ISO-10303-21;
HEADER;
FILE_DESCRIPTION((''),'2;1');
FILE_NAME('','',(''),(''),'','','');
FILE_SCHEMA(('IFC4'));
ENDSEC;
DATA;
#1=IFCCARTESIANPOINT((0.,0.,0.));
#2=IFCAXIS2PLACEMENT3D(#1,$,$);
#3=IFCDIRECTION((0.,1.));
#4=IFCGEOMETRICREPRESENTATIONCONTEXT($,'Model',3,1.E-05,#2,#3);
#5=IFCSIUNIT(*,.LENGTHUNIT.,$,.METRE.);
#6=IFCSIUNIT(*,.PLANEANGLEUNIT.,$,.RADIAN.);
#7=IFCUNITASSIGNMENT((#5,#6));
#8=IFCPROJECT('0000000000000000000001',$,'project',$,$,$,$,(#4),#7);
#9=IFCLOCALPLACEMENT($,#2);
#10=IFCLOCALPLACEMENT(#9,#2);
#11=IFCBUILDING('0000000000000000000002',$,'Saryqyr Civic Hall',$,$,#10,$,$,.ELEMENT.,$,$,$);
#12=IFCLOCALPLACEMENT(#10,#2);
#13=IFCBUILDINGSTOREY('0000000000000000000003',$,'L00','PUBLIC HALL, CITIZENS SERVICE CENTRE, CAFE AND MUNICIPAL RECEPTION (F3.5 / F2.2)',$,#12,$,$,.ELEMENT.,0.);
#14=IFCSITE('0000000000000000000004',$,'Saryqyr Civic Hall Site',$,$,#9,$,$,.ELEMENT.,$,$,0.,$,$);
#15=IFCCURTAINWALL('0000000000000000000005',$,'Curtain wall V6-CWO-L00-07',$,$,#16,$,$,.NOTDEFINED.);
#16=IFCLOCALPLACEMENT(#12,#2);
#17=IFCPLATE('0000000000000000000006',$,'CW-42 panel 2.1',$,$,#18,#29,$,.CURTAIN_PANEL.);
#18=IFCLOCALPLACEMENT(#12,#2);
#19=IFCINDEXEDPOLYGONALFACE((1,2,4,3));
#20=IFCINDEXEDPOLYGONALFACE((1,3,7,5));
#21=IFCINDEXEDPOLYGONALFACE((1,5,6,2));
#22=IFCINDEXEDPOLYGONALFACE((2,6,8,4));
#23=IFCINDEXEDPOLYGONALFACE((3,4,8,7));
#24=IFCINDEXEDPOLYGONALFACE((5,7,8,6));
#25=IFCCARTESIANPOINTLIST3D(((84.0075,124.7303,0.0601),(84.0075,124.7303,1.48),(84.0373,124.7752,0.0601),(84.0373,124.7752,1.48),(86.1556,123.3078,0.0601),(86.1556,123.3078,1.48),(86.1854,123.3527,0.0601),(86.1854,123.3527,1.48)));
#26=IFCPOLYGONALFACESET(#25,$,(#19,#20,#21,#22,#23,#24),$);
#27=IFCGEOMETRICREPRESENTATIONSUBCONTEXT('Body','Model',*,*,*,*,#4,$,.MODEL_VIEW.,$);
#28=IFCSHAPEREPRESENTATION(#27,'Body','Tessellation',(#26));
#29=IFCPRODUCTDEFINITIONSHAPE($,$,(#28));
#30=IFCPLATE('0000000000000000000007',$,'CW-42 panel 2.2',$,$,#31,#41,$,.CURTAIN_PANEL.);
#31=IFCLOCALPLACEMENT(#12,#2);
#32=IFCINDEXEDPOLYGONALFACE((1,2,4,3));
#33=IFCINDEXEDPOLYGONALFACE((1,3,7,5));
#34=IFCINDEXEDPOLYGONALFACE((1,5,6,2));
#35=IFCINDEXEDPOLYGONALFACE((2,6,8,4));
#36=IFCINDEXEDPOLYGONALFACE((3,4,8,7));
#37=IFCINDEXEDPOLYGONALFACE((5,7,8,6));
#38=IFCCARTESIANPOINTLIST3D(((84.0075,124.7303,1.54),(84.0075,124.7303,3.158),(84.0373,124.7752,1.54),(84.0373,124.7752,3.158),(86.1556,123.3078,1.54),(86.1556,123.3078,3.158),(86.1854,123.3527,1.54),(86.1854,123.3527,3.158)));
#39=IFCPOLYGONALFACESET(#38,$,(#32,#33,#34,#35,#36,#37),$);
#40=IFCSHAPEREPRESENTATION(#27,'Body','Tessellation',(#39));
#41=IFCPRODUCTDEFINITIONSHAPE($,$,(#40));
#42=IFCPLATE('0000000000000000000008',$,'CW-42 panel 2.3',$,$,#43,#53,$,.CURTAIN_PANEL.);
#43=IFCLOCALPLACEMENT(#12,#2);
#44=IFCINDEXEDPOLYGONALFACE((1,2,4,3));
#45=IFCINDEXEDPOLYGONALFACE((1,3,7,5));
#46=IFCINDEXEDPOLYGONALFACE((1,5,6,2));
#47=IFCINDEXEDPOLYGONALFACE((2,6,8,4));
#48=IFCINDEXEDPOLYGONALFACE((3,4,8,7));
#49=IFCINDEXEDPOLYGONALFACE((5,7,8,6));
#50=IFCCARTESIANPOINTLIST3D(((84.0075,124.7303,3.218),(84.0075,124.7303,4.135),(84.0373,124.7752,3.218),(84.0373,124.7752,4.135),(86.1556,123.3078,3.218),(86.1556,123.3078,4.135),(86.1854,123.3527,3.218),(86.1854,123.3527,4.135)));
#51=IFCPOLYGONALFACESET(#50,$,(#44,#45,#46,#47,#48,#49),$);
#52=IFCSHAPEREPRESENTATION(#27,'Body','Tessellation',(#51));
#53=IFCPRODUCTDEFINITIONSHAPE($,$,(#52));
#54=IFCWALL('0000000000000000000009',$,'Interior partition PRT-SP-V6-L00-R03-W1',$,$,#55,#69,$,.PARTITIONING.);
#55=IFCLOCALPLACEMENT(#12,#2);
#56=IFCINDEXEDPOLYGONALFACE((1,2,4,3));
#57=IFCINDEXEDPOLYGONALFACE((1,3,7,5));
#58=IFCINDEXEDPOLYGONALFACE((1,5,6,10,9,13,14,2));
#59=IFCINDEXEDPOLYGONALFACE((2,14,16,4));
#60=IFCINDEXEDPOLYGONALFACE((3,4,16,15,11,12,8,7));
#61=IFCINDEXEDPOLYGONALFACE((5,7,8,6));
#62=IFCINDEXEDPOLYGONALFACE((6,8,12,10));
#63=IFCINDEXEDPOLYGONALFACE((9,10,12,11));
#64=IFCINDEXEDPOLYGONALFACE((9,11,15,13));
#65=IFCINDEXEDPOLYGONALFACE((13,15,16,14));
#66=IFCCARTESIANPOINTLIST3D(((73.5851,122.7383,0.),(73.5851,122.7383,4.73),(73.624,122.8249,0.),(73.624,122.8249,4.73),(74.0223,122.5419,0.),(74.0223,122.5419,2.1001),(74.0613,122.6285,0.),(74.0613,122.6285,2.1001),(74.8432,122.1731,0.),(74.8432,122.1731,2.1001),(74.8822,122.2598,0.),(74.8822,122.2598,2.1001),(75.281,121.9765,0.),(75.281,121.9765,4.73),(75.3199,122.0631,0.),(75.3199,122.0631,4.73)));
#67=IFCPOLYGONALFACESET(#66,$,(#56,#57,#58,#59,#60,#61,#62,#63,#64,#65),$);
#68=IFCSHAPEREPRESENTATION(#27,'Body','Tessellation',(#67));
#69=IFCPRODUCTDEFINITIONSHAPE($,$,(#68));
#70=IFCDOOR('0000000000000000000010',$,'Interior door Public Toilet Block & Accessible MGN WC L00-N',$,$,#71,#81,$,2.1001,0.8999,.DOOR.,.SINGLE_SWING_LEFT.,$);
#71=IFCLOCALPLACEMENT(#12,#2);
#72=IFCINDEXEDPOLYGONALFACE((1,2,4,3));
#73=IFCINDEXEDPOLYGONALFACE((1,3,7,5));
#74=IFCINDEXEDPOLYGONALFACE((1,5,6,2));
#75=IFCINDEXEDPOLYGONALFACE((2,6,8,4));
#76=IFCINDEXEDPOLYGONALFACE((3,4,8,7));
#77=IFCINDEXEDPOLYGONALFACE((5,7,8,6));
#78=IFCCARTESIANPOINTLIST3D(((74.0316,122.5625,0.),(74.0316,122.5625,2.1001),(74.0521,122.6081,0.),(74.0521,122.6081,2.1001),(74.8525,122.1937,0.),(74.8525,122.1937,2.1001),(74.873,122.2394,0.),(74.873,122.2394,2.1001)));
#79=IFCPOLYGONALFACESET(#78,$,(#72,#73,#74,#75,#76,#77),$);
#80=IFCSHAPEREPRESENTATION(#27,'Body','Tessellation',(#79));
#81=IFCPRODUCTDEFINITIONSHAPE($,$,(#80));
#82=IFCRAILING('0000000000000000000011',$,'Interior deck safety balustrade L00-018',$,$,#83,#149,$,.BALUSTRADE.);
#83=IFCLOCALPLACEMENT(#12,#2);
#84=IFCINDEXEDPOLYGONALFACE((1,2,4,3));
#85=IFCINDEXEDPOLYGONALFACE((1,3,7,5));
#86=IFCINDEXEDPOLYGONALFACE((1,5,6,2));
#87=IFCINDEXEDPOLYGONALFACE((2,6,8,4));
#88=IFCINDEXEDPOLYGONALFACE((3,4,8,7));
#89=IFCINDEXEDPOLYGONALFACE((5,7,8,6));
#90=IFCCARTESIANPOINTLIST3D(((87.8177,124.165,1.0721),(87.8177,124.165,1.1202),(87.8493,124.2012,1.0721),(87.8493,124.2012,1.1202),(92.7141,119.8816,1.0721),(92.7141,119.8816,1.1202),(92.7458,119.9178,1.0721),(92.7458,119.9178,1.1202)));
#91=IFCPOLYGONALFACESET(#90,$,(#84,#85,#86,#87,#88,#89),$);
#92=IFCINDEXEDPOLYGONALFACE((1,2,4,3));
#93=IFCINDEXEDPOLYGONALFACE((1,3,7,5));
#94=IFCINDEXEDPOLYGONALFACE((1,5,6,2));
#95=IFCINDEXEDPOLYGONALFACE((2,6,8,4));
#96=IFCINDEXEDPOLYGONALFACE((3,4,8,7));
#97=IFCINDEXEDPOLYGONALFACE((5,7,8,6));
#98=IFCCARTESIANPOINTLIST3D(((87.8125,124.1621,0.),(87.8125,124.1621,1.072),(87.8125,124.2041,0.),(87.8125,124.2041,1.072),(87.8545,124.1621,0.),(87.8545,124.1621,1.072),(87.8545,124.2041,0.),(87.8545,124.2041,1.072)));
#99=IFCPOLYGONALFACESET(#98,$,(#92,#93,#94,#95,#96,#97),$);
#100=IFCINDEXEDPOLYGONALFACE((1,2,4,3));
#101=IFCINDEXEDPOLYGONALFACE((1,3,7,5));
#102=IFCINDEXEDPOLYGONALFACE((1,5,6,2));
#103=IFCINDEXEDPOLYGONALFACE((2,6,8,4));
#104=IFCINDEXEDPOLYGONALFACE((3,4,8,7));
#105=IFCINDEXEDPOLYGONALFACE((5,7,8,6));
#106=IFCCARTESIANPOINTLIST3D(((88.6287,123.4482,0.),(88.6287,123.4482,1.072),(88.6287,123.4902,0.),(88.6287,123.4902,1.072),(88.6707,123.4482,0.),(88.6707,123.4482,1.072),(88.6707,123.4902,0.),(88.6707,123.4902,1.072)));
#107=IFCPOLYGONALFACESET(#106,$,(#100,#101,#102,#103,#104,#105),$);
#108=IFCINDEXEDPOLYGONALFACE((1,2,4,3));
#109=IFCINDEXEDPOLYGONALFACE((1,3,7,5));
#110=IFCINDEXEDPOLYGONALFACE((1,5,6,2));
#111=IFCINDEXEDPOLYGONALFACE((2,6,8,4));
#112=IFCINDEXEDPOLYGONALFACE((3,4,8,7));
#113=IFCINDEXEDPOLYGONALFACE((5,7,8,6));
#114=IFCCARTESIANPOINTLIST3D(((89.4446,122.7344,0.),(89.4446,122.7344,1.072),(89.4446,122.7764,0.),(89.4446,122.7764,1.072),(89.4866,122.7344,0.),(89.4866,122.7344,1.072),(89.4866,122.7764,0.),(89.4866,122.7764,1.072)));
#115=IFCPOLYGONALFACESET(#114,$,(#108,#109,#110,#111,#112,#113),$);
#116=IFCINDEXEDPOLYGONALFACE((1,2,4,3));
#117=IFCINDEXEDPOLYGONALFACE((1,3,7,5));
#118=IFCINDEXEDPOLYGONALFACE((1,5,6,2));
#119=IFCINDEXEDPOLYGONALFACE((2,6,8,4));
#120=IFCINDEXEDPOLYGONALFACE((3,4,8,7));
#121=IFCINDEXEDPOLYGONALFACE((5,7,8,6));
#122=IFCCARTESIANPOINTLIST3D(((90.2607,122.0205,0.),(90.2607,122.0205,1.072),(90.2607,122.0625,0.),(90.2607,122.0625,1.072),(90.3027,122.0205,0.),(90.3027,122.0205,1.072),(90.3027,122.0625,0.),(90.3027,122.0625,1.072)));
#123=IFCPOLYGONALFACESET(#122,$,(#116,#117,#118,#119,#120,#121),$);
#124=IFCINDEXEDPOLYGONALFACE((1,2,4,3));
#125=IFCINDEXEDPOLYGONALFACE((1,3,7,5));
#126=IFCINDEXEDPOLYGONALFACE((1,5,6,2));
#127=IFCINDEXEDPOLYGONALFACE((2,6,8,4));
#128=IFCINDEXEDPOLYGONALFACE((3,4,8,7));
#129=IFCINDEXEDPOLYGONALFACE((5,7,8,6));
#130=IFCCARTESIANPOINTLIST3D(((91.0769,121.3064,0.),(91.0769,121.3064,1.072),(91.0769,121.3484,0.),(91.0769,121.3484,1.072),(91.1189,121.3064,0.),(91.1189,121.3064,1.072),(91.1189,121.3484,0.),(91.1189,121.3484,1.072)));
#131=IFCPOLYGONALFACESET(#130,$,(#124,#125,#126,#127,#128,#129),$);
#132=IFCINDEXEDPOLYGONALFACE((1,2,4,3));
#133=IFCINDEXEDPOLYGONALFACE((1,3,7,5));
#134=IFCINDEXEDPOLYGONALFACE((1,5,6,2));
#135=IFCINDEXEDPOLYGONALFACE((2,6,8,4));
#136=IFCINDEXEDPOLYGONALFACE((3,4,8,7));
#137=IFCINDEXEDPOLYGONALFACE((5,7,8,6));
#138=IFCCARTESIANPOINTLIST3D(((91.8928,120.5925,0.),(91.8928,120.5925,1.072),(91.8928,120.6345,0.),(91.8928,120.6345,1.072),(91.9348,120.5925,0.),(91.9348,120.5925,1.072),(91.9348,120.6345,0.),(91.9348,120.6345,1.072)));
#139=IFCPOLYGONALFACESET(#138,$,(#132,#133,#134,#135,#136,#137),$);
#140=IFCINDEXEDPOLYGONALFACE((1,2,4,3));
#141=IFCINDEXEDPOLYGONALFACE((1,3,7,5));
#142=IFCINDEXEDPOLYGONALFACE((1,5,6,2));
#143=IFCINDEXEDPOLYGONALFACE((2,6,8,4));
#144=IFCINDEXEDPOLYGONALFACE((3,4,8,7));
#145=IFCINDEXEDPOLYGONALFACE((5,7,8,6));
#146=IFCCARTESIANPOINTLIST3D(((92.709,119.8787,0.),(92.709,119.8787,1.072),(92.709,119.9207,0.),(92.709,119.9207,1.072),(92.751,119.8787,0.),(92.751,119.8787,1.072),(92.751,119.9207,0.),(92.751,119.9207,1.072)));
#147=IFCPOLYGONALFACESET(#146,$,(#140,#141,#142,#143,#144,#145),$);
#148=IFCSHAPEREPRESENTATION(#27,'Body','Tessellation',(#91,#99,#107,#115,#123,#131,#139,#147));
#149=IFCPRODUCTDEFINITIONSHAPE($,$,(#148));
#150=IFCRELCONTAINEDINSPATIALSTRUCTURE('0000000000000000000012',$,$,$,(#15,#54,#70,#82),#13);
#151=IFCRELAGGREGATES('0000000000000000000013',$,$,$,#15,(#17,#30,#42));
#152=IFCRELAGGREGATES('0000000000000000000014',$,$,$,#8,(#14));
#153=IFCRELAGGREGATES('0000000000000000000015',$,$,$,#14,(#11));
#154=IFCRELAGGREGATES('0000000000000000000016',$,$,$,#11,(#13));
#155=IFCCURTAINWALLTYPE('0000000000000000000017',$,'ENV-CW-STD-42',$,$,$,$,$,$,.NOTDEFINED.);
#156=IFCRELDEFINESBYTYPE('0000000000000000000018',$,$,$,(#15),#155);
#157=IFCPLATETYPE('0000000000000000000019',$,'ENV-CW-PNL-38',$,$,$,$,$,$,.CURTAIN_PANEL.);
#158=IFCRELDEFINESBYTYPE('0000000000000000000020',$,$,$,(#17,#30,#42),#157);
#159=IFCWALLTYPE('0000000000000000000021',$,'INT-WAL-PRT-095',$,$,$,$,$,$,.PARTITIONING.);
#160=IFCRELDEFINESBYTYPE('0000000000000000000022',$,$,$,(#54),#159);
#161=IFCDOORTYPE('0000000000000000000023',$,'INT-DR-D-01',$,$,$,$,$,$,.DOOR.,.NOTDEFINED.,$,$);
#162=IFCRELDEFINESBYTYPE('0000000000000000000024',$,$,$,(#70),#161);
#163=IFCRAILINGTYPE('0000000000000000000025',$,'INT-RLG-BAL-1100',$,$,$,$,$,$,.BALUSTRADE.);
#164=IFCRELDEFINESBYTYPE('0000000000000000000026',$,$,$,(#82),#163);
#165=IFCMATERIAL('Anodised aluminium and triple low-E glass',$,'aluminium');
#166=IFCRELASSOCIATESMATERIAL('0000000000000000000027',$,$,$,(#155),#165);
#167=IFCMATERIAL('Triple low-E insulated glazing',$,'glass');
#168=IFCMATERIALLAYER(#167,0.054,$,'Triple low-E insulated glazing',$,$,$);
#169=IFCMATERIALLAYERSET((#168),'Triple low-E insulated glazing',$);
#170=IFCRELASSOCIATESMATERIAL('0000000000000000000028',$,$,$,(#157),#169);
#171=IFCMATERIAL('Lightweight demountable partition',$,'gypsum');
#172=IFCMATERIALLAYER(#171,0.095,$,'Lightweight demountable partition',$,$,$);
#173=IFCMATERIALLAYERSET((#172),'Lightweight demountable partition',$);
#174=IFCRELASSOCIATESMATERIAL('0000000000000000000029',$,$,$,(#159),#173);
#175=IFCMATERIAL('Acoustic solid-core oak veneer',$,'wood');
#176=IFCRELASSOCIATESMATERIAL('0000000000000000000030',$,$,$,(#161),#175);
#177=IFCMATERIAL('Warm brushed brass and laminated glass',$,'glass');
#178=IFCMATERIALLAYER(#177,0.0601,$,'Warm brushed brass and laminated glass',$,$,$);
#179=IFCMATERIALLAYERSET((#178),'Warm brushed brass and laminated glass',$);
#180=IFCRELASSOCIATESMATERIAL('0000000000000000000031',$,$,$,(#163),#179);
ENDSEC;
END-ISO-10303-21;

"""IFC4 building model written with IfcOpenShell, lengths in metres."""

from ifc_helpers import new_model, si_unit, direction, frame, frame_2d, origin, origin_2d, place, context, subcontext, project, spatial, rectangle, extrude, material, layer, layer_set, type_object, element, fill, aggregate, save


model = new_model("IFC4")

# Units and contexts
model_context = context("Model", 3, precision=1e-05, world=origin(), true_north=direction((0.0, 1.0)))
body_context = subcontext(model_context, "Body", "Model", "MODEL_VIEW")
ifc_project = project(units=[si_unit("LENGTHUNIT", "METRE"), si_unit("PLANEANGLEUNIT", "RADIAN")], contexts=[model_context])

# Site, building, storey
site_placement = place(None, origin())
site = spatial("IfcSite", under=ifc_project, at=site_placement, Name="Saryqyr Civic Hall Site", CompositionType="ELEMENT", RefElevation=0.0)
building_placement = place(site_placement, origin())
building = spatial("IfcBuilding", under=site, at=building_placement, Name="Saryqyr Civic Hall", CompositionType="ELEMENT")
storey_placement = place(building_placement, origin())
storey = spatial("IfcBuildingStorey", under=building, at=storey_placement, Name="L00", Description="PUBLIC HALL, CITIZENS SERVICE CENTRE, CAFE AND MUNICIPAL RECEPTION (F3.5 / F2.2)", CompositionType="ELEMENT", Elevation=0.0)

# Shared definitions
ifc_material_1 = material(Name="Anodised aluminium and triple low-E glass", Category="aluminium")

# Curtain wall
curtain_wall_type_1 = type_object("IfcCurtainWallType", Name="ENV-CW-STD-42", PredefinedType="NOTDEFINED", material=ifc_material_1)
curtain_wall_1_placement = place(storey_placement, origin())
curtain_wall_1 = element("IfcCurtainWall", 1, at=curtain_wall_1_placement, inside=storey, type_object=curtain_wall_type_1, Name="Curtain wall V6-CWO-L00-07", PredefinedType="NOTDEFINED")

# Plates
ifc_material_2 = material(Name="Triple low-E insulated glazing", Category="glass")
ifc_layer_1 = layer(ifc_material_2, 0.054, Name="Triple low-E insulated glazing")
ifc_layer_set_1 = layer_set([ifc_layer_1], Name="Triple low-E insulated glazing")
plate_type = type_object("IfcPlateType", Name="ENV-CW-PNL-38", PredefinedType="CURTAIN_PANEL", material=ifc_layer_set_1)
plate_1_placement = place(storey_placement, frame((85.0964, 124.0415, 0.0601), z_axis=(0.0, 0.0, 1.0), x_axis=(0.833763, -0.552123, 0.0)))
plate_1 = element("IfcPlate", 2, at=plate_1_placement, type_object=plate_type, Name="CW-42 panel 2.1", PredefinedType="CURTAIN_PANEL", context=body_context, shape_type="SweptSolid", body=[
    extrude(rectangle(XDim=2.5764, YDim=0.054, at=origin_2d()), origin(), (0.0, 0.0, 1.0), 1.4199),
])
plate_2_placement = place(storey_placement, frame((85.0964, 124.0415, 1.54), z_axis=(0.0, 0.0, 1.0), x_axis=(0.833763, -0.552123, 0.0)))
plate_2 = element("IfcPlate", 3, at=plate_2_placement, type_object=plate_type, Name="CW-42 panel 2.2", PredefinedType="CURTAIN_PANEL", context=body_context, shape_type="SweptSolid", body=[
    extrude(rectangle(XDim=2.5764, YDim=0.054, at=origin_2d()), origin(), (0.0, 0.0, 1.0), 1.6179),
])
plate_3_placement = place(storey_placement, frame((85.0964, 124.0415, 3.218), z_axis=(0.0, 0.0, 1.0), x_axis=(0.833763, -0.552123, 0.0)))
plate_3 = element("IfcPlate", 4, at=plate_3_placement, type_object=plate_type, Name="CW-42 panel 2.3", PredefinedType="CURTAIN_PANEL", context=body_context, shape_type="SweptSolid", body=[
    extrude(rectangle(XDim=2.5764, YDim=0.054, at=origin_2d()), origin(), (0.0, 0.0, 1.0), 0.917),
])
aggregate(curtain_wall_1, [plate_1, plate_2, plate_3])

# Wall, opening, door
ifc_material_3 = material(Name="Lightweight demountable partition", Category="gypsum")
ifc_layer_2 = layer(ifc_material_3, 0.095, Name="Lightweight demountable partition")
ifc_layer_set_2 = layer_set([ifc_layer_2], Name="Lightweight demountable partition")
wall_type = type_object("IfcWallType", Name="INT-WAL-PRT-095", PredefinedType="PARTITIONING", material=ifc_layer_set_2)
wall_placement = place(storey_placement, frame((75.3005, 122.0198, 0.0), z_axis=(0.0, 0.0, 1.0), x_axis=(-0.912201, 0.409742, 0.0)))
wall = element("IfcWall", 5, at=wall_placement, inside=storey, type_object=wall_type, Name="Interior partition PRT-SP-V6-L00-R03-W1", PredefinedType="PARTITIONING", context=body_context, shape_type="SweptSolid", body=[
    extrude(rectangle(XDim=1.8591, YDim=0.095, at=frame_2d((0.9297, 0.0))), origin(), (0.0, 0.0, 1.0), 4.73),
])
opening_placement = place(wall_placement, frame((0.48, 0.0, 0.0)))
opening = element("IfcOpeningElement", 6, at=opening_placement, cuts=wall, PredefinedType="OPENING", context=body_context, shape_type="SweptSolid", body=[
    extrude(rectangle(XDim=0.8999, YDim=2.1001, at=frame_2d((0.45, 1.05))), frame((0.0, 0.0574, 0.0), z_axis=(0.0, -1.0, 0.0), x_axis=(1.0, 0.0, 0.0)), (0.0, 0.0, 1.0), 0.115),
])
ifc_material_4 = material(Name="Acoustic solid-core oak veneer", Category="wood")
door_type = type_object("IfcDoorType", Name="INT-DR-D-01", OperationType="NOTDEFINED", PredefinedType="DOOR", material=ifc_material_4)
door_placement = place(opening_placement, origin())
door = element("IfcDoor", 7, at=door_placement, inside=storey, type_object=door_type, Name="Interior door Public Toilet Block & Accessible MGN WC L00-N", OperationType="SINGLE_SWING_LEFT", OverallHeight=2.1001, OverallWidth=0.8999, PredefinedType="DOOR", context=body_context, shape_type="SweptSolid", body=[
    extrude(rectangle(XDim=0.8999, YDim=2.1001, at=frame_2d((0.45, 1.05))), frame((0.0, 0.0249, 0.0), z_axis=(0.0, -1.0, 0.0), x_axis=(1.0, 0.0, 0.0)), (0.0, 0.0, 1.0), 0.05),
])
fill(opening, door)

# Railing
ifc_material_5 = material(Name="Warm brushed brass and laminated glass", Category="glass")
ifc_layer_3 = layer(ifc_material_5, 0.0601, Name="Warm brushed brass and laminated glass")
ifc_layer_set_3 = layer_set([ifc_layer_3], Name="Warm brushed brass and laminated glass")
railing_type = type_object("IfcRailingType", Name="INT-RLG-BAL-1100", PredefinedType="BALUSTRADE", material=ifc_layer_set_3)
railing_placement = place(storey_placement, frame((87.8335, 124.1831, 0.0)))
element("IfcRailing", 8, at=railing_placement, inside=storey, type_object=railing_type, Name="Interior deck safety balustrade L00-018", PredefinedType="BALUSTRADE", context=body_context, shape_type="SweptSolid", body=[
    extrude(rectangle(XDim=0.0481, YDim=0.0481, at=origin_2d()), frame((0.0, 0.0, 1.0962), z_axis=(0.752651, -0.65842, 0.0), x_axis=(0.65842, 0.752651, 0.0)), (0.0, 0.0, 1.0), 6.5056),
    extrude(rectangle(XDim=0.042, YDim=0.042, at=origin_2d()), origin(), (0.0, 0.0, 1.0), 1.072),
    extrude(rectangle(XDim=0.042, YDim=0.042, at=origin_2d()), frame((0.8162, -0.7139, 0.0)), (0.0, 0.0, 1.0), 1.072),
    extrude(rectangle(XDim=0.042, YDim=0.042, at=origin_2d()), frame((1.6321, -1.4277, 0.0)), (0.0, 0.0, 1.0), 1.072),
    extrude(rectangle(XDim=0.042, YDim=0.042, at=origin_2d()), frame((2.4482, -2.1416, 0.0)), (0.0, 0.0, 1.0), 1.072),
    extrude(rectangle(XDim=0.042, YDim=0.042, at=origin_2d()), frame((3.2644, -2.8557, 0.0)), (0.0, 0.0, 1.0), 1.072),
    extrude(rectangle(XDim=0.042, YDim=0.042, at=origin_2d()), frame((4.0803, -3.5696, 0.0)), (0.0, 0.0, 1.0), 1.072),
    extrude(rectangle(XDim=0.042, YDim=0.042, at=origin_2d()), frame((4.8965, -4.2834, 0.0)), (0.0, 0.0, 1.0), 1.072),
])

save(model, "model.ifc")
